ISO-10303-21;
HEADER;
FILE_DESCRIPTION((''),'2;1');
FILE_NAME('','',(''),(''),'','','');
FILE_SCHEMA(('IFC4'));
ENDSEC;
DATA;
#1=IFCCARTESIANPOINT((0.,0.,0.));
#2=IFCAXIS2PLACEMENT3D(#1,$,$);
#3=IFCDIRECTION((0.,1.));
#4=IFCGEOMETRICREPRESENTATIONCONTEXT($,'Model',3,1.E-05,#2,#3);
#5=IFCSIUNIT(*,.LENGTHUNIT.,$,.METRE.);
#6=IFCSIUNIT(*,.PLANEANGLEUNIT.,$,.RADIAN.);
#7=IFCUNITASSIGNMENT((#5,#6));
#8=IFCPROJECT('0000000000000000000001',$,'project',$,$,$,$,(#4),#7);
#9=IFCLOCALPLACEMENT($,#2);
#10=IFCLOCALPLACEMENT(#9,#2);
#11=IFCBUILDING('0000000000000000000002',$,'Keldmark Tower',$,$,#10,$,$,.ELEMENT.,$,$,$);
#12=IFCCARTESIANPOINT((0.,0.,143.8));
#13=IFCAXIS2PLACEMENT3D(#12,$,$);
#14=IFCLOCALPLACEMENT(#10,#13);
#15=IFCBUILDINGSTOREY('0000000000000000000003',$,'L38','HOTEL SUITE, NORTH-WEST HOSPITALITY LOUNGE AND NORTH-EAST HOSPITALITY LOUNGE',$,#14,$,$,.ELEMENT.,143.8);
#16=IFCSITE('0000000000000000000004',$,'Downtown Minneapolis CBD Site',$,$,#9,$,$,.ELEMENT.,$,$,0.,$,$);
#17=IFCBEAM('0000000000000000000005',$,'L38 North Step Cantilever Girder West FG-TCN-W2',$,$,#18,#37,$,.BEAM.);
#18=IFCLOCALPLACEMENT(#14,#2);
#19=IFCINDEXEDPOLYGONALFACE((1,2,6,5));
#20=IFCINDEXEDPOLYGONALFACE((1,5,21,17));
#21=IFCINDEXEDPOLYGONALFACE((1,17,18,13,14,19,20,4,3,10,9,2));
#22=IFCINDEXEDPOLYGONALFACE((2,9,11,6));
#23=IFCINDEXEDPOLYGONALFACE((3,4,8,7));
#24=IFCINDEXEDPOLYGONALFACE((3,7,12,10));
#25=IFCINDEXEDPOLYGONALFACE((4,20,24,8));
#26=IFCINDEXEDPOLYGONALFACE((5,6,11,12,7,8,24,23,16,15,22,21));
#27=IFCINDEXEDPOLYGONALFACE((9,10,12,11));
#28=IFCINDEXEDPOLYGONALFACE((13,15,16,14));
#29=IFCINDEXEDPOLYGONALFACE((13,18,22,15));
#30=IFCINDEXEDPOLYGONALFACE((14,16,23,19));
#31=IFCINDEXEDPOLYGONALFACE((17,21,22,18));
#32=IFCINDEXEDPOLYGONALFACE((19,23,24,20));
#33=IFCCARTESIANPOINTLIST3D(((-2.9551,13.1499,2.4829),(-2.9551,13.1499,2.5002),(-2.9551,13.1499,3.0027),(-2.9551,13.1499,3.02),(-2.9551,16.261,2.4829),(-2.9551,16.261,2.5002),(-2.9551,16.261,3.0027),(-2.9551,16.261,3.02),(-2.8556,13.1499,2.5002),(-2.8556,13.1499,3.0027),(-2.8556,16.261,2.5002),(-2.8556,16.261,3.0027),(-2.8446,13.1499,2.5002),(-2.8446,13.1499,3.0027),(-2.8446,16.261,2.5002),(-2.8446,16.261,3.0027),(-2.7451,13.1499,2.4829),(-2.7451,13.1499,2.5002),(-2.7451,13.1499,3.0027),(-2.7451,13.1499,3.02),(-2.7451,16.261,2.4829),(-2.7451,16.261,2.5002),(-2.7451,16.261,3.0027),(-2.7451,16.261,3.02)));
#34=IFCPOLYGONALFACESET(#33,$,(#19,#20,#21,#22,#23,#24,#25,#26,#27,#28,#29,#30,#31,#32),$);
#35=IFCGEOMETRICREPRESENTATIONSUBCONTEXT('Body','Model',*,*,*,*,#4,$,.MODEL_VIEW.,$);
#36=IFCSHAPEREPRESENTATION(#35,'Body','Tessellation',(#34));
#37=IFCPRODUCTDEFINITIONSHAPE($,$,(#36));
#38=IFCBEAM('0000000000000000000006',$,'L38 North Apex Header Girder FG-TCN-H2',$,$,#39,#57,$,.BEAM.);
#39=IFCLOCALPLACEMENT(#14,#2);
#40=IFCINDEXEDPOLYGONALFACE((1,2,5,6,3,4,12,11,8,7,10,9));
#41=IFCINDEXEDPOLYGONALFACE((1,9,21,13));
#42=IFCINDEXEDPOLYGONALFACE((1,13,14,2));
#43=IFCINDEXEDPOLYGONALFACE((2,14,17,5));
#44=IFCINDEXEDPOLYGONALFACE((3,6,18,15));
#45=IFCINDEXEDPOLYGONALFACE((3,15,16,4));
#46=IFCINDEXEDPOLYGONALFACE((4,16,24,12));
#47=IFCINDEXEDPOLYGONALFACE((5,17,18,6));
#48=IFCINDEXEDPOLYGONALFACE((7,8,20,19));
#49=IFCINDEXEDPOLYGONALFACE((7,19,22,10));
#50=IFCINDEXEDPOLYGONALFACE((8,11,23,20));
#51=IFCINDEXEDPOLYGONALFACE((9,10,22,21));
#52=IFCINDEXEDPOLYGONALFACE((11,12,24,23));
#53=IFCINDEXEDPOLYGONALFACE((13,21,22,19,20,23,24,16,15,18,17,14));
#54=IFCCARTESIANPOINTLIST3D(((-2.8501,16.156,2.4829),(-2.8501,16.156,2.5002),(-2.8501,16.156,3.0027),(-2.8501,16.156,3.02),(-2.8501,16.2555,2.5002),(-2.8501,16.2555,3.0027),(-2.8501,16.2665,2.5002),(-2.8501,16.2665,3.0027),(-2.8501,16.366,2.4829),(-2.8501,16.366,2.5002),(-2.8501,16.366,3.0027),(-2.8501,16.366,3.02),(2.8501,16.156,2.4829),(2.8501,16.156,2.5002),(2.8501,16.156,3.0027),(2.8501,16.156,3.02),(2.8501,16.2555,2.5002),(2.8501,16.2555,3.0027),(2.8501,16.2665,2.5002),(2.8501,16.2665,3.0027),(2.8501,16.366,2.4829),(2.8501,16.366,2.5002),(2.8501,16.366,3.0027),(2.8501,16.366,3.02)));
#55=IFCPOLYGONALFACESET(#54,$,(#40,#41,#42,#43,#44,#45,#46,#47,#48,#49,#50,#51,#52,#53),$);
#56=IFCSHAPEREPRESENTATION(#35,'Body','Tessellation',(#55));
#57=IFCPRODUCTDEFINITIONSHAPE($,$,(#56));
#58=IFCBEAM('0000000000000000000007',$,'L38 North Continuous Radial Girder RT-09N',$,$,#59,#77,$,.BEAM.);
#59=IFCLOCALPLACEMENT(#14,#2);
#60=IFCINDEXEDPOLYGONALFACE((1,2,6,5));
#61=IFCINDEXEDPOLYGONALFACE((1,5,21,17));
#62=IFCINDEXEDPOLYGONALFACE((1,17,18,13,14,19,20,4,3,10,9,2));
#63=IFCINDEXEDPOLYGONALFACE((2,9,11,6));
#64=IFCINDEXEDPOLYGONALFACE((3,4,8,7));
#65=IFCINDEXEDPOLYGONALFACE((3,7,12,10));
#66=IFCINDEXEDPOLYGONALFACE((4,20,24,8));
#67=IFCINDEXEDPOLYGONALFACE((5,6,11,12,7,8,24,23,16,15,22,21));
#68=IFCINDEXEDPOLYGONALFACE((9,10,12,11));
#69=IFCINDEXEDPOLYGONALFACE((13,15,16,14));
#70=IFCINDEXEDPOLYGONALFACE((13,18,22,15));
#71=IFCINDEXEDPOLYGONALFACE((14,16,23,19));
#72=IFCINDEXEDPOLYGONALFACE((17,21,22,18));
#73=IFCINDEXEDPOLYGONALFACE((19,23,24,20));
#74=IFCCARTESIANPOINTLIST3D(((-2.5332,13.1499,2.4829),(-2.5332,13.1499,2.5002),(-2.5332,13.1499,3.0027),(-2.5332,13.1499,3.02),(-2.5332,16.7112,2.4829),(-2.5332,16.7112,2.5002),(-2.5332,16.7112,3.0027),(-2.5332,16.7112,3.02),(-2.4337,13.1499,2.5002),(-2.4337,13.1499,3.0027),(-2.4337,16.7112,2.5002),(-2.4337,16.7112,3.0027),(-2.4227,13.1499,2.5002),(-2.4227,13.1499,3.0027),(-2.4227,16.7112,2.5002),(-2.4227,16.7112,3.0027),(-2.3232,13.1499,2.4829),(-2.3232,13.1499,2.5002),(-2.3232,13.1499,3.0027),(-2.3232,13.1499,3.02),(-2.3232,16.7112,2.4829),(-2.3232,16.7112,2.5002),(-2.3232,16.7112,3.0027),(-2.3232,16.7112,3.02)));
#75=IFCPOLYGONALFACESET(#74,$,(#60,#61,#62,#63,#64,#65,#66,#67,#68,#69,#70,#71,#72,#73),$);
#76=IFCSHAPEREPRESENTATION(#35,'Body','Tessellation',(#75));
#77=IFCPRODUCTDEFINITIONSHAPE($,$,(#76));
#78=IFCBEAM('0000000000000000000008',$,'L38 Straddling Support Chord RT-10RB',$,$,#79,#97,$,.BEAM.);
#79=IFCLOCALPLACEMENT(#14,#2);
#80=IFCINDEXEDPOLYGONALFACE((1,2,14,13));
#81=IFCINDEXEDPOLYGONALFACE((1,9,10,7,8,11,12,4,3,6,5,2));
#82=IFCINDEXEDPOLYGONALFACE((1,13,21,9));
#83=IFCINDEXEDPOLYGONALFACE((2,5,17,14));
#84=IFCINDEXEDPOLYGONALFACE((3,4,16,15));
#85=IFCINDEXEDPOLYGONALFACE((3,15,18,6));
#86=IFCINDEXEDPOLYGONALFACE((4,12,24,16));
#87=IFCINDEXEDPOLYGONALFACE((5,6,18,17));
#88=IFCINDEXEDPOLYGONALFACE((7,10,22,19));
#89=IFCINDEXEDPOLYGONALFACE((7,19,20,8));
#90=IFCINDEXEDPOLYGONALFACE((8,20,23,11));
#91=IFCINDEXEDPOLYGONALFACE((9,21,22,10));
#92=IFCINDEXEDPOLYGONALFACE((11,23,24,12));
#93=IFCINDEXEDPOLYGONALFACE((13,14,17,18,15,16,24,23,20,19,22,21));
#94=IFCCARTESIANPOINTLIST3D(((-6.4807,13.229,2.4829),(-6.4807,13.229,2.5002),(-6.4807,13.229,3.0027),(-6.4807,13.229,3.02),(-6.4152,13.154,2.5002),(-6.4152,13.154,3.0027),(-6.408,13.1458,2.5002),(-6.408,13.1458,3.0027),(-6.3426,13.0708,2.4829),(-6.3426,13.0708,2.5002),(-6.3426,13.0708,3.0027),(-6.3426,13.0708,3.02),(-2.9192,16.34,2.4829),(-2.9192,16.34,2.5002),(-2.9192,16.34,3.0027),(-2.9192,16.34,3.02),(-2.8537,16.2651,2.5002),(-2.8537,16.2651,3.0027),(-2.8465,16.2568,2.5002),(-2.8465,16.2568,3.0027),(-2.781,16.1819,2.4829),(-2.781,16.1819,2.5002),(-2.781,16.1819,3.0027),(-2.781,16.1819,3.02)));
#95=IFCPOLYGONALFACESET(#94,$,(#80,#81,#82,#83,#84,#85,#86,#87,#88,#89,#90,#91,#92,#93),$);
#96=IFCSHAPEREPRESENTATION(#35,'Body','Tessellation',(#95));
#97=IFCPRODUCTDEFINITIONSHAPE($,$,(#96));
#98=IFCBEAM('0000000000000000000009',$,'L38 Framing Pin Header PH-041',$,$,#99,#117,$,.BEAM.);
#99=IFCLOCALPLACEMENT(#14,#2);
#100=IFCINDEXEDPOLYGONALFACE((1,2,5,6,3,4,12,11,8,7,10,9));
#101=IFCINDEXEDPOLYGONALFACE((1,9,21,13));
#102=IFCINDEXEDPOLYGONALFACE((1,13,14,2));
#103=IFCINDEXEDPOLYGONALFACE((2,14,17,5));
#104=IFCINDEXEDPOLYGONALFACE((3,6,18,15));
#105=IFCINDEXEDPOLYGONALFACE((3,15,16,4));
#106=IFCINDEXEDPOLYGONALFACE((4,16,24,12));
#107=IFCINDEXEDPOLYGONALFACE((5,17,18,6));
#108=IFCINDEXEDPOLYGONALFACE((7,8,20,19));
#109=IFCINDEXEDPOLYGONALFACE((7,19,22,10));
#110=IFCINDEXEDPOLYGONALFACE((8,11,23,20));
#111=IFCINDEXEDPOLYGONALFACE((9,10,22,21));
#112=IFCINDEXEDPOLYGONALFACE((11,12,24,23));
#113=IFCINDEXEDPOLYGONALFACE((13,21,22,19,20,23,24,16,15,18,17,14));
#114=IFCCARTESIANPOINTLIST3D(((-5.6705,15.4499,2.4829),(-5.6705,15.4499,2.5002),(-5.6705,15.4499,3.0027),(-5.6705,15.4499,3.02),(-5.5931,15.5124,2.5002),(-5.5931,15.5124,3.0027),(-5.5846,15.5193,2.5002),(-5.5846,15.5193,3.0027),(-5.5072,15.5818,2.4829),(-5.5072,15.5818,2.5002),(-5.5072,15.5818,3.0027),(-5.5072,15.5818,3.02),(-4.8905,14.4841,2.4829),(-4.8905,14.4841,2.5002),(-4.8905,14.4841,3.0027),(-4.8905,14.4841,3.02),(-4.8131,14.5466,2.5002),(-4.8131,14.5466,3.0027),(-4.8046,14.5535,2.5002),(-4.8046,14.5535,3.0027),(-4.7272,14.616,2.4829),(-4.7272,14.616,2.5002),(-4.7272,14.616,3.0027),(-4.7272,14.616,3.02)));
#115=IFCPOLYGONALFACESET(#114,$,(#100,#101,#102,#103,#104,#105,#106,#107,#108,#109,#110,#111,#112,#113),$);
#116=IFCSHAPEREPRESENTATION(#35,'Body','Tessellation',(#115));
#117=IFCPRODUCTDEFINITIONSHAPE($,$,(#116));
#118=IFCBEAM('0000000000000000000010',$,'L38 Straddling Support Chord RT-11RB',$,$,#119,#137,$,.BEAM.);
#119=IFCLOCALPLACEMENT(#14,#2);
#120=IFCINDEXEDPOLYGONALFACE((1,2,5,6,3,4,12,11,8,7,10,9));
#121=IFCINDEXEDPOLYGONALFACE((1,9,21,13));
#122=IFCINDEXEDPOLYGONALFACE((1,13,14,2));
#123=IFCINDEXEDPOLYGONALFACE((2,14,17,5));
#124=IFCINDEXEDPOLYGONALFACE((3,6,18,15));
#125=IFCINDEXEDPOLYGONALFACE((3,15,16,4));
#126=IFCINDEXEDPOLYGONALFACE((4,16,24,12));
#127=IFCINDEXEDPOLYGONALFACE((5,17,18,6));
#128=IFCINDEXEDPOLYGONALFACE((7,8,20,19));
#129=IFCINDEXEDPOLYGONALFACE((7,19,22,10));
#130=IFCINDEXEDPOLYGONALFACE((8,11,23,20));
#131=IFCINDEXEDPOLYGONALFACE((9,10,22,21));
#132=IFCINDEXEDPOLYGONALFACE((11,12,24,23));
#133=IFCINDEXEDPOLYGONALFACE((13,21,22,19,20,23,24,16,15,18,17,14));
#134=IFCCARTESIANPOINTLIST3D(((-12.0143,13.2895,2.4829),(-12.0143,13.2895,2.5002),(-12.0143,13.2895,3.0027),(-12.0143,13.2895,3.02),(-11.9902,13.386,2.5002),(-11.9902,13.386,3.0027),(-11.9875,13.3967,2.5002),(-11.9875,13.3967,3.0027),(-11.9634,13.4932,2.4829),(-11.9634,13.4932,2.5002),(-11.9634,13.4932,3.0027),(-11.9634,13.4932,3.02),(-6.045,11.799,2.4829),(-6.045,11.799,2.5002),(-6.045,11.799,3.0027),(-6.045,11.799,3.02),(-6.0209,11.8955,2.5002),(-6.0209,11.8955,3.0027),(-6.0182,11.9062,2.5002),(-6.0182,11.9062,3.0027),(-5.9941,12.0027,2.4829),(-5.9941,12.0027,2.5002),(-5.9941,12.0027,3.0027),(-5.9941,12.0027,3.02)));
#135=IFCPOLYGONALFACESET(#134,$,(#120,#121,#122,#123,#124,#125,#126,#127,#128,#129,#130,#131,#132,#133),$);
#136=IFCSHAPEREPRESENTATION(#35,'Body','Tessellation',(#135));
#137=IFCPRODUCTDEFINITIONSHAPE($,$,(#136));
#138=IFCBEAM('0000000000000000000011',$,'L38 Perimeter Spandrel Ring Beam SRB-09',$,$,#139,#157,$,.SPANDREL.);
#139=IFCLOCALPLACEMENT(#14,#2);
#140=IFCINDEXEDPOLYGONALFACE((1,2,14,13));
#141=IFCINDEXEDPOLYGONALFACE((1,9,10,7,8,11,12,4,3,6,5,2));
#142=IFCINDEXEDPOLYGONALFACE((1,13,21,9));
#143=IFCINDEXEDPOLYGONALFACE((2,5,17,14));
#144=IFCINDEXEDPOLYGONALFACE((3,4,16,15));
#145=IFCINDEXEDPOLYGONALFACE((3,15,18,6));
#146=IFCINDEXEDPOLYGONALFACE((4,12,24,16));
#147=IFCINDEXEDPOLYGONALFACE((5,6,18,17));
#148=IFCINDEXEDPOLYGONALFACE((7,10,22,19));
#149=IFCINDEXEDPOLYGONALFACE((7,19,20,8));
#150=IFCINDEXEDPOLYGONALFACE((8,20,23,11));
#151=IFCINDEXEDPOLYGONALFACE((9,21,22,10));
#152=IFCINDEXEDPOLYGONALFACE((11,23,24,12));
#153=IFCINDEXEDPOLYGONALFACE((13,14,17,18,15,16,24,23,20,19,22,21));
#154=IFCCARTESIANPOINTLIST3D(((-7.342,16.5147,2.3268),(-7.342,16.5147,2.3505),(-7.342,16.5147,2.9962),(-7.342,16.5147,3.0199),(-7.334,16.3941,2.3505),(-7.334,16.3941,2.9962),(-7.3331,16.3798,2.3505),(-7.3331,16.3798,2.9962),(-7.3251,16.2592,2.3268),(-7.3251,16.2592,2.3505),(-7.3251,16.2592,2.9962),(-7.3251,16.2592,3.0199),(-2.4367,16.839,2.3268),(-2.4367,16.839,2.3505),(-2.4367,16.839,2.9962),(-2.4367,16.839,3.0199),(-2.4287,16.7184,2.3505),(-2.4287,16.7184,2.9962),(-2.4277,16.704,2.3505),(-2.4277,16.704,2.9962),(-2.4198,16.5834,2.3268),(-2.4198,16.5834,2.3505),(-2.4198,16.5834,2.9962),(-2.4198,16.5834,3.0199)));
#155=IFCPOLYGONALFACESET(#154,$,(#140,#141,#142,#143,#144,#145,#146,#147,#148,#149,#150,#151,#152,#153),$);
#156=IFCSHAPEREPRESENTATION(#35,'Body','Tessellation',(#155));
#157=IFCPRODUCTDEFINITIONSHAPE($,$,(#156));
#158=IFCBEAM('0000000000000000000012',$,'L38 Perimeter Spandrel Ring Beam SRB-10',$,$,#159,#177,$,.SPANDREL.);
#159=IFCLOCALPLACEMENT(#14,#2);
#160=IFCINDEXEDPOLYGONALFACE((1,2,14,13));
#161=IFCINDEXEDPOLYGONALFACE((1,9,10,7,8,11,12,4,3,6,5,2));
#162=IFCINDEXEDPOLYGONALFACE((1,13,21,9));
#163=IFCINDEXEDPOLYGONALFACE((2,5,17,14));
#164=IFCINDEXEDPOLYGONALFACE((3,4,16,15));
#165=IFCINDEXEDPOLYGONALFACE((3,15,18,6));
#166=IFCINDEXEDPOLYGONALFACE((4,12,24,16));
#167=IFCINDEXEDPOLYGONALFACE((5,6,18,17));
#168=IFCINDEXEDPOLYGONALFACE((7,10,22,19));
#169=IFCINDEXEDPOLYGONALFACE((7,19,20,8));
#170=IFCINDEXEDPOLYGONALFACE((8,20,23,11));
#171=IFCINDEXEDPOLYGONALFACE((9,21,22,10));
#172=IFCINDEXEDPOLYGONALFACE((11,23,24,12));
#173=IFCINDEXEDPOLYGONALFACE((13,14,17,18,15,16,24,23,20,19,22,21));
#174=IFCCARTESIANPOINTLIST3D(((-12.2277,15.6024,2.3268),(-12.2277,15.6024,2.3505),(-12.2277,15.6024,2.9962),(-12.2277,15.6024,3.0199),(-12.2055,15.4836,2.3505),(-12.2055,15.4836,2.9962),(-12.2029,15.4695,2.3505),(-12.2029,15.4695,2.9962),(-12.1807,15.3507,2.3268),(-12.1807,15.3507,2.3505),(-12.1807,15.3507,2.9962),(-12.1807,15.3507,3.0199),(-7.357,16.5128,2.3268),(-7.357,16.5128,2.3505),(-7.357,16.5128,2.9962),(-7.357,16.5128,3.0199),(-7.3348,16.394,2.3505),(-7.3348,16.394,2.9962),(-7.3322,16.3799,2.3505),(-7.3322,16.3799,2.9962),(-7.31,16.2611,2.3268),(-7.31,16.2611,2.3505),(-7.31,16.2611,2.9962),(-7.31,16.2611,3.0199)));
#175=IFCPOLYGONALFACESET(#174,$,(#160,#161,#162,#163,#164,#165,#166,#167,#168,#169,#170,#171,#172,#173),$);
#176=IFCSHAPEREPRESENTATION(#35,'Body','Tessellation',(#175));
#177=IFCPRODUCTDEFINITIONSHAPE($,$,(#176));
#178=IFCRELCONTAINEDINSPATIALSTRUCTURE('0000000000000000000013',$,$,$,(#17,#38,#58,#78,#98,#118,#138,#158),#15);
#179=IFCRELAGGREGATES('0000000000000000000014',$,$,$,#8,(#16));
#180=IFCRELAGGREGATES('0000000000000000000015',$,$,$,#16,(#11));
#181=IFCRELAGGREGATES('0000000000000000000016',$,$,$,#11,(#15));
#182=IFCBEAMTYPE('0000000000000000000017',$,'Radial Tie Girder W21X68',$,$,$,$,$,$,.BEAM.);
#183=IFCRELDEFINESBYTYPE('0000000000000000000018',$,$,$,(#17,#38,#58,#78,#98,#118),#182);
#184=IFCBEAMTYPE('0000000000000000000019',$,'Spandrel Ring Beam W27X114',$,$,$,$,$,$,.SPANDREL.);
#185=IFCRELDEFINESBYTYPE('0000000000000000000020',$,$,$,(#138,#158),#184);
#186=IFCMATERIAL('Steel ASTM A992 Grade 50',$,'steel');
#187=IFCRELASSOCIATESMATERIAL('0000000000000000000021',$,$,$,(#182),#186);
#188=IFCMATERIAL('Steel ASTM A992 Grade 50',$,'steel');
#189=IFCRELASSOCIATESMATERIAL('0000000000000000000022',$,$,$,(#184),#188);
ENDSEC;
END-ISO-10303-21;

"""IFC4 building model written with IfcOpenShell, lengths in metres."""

from ifc_helpers import new_model, si_unit, direction, frame, origin, origin_2d, place, context, subcontext, project, spatial, i_section, extrude, material, material_profile, profile_set, type_object, element, save


model = new_model("IFC4")

# Units and contexts
model_context = context("Model", 3, precision=1e-05, world=origin(), true_north=direction((0.0, 1.0)))
body_context = subcontext(model_context, "Body", "Model", "MODEL_VIEW")
ifc_project = project(units=[si_unit("LENGTHUNIT", "METRE"), si_unit("PLANEANGLEUNIT", "RADIAN")], contexts=[model_context])

# Site, building, storey
site_placement = place(None, origin())
site = spatial("IfcSite", under=ifc_project, at=site_placement, Name="Downtown Minneapolis CBD Site", CompositionType="ELEMENT", RefElevation=0.0)
building_placement = place(site_placement, origin())
building = spatial("IfcBuilding", under=site, at=building_placement, Name="Keldmark Tower", CompositionType="ELEMENT")
storey_placement = place(building_placement, frame((0.0, 0.0, 143.8)))
storey = spatial("IfcBuildingStorey", under=building, at=storey_placement, Name="L38", Description="HOTEL SUITE, NORTH-WEST HOSPITALITY LOUNGE AND NORTH-EAST HOSPITALITY LOUNGE", CompositionType="ELEMENT", Elevation=143.8)

# Beams
ifc_material_1 = material(Name="Steel ASTM A992 Grade 50", Category="steel")
ifc_material_profile_1 = material_profile(ifc_material_1, i_section(OverallWidth=0.21, OverallDepth=0.5371, WebThickness=0.011, FlangeThickness=0.0173, at=origin_2d()), Name="W21X68")
ifc_profile_set_1 = profile_set([ifc_material_profile_1], Name="Steel ASTM A992 Grade 50")
beam_type_1 = type_object("IfcBeamType", Name="Radial Tie Girder W21X68", PredefinedType="BEAM", material=ifc_profile_set_1)
beam_1_placement = place(storey_placement, frame((-2.8501, 13.1499, 2.7515), z_axis=(0.0, 1.0, 0.0), x_axis=(-1.0, 0.0, 0.0)))
element("IfcBeam", 1, at=beam_1_placement, inside=storey, type_object=beam_type_1, Name="L38 North Step Cantilever Girder West FG-TCN-W2", PredefinedType="BEAM", context=body_context, shape_type="SweptSolid", body=[
    extrude(i_section(OverallWidth=0.21, OverallDepth=0.5371, WebThickness=0.011, FlangeThickness=0.0173, at=origin_2d()), origin(), (0.0, 0.0, 1.0), 3.1111),
])
beam_2_placement = place(storey_placement, frame((-2.8501, 16.261, 2.7515), z_axis=(1.0, 0.0, 0.0), x_axis=(0.0, 1.0, 0.0)))
element("IfcBeam", 2, at=beam_2_placement, inside=storey, type_object=beam_type_1, Name="L38 North Apex Header Girder FG-TCN-H2", PredefinedType="BEAM", context=body_context, shape_type="SweptSolid", body=[
    extrude(i_section(OverallWidth=0.21, OverallDepth=0.5371, WebThickness=0.011, FlangeThickness=0.0173, at=origin_2d()), origin(), (0.0, 0.0, 1.0), 5.7002),
])
beam_3_placement = place(storey_placement, frame((-2.4282, 13.1499, 2.7515), z_axis=(0.0, 1.0, 0.0), x_axis=(-1.0, 0.0, 0.0)))
element("IfcBeam", 3, at=beam_3_placement, inside=storey, type_object=beam_type_1, Name="L38 North Continuous Radial Girder RT-09N", PredefinedType="BEAM", context=body_context, shape_type="SweptSolid", body=[
    extrude(i_section(OverallWidth=0.21, OverallDepth=0.5371, WebThickness=0.011, FlangeThickness=0.0173, at=origin_2d()), origin(), (0.0, 0.0, 1.0), 3.5613),
])
beam_4_placement = place(storey_placement, frame((-2.8501, 16.261, 2.7515), z_axis=(-0.753127, -0.657876, 0.0), x_axis=(0.657876, -0.753127, 0.0)))
element("IfcBeam", 4, at=beam_4_placement, inside=storey, type_object=beam_type_1, Name="L38 Straddling Support Chord RT-10RB", PredefinedType="BEAM", context=body_context, shape_type="SweptSolid", body=[
    extrude(i_section(OverallWidth=0.21, OverallDepth=0.5371, WebThickness=0.011, FlangeThickness=0.0173, at=origin_2d()), origin(), (0.0, 0.0, 1.0), 4.729),
])
beam_5_placement = place(storey_placement, frame((-4.8088, 14.55, 2.7515), z_axis=(-0.62831, 0.777963, 0.0), x_axis=(-0.777963, -0.62831, 0.0)))
element("IfcBeam", 5, at=beam_5_placement, inside=storey, type_object=beam_type_1, Name="L38 Framing Pin Header PH-041", PredefinedType="BEAM", context=body_context, shape_type="SweptSolid", body=[
    extrude(i_section(OverallWidth=0.21, OverallDepth=0.5371, WebThickness=0.011, FlangeThickness=0.0173, at=origin_2d()), origin(), (0.0, 0.0, 1.0), 1.2415),
])
beam_6_placement = place(storey_placement, frame((-6.0195, 11.9009, 2.7515), z_axis=(-0.970212, 0.242256, 0.0), x_axis=(-0.242256, -0.970212, 0.0)))
element("IfcBeam", 6, at=beam_6_placement, inside=storey, type_object=beam_type_1, Name="L38 Straddling Support Chord RT-11RB", PredefinedType="BEAM", context=body_context, shape_type="SweptSolid", body=[
    extrude(i_section(OverallWidth=0.21, OverallDepth=0.5371, WebThickness=0.011, FlangeThickness=0.0173, at=origin_2d()), origin(), (0.0, 0.0, 1.0), 6.1526),
])
ifc_material_2 = material(Name="Steel ASTM A992 Grade 50", Category="steel")
ifc_material_profile_2 = material_profile(ifc_material_2, i_section(OverallWidth=0.2561, OverallDepth=0.6931, WebThickness=0.0144, FlangeThickness=0.0237, at=origin_2d()), Name="W27X114")
ifc_profile_set_2 = profile_set([ifc_material_profile_2], Name="Steel ASTM A992 Grade 50")
beam_type_2 = type_object("IfcBeamType", Name="Spandrel Ring Beam W27X114", PredefinedType="SPANDREL", material=ifc_profile_set_2)
beam_7_placement = place(storey_placement, frame((-2.4282, 16.7112, 2.6733), z_axis=(-0.997823, -0.065952, 0.0), x_axis=(0.065952, -0.997823, 0.0)))
element("IfcBeam", 7, at=beam_7_placement, inside=storey, type_object=beam_type_2, Name="L38 Perimeter Spandrel Ring Beam SRB-09", PredefinedType="SPANDREL", context=body_context, shape_type="SweptSolid", body=[
    extrude(i_section(OverallWidth=0.2561, OverallDepth=0.6931, WebThickness=0.0144, FlangeThickness=0.0237, at=origin_2d()), origin(), (0.0, 0.0, 1.0), 4.916),
])
beam_8_placement = place(storey_placement, frame((-7.3335, 16.387, 2.6733), z_axis=(-0.982976, -0.183735, 0.0), x_axis=(0.183735, -0.982976, 0.0)))
element("IfcBeam", 8, at=beam_8_placement, inside=storey, type_object=beam_type_2, Name="L38 Perimeter Spandrel Ring Beam SRB-10", PredefinedType="SPANDREL", context=body_context, shape_type="SweptSolid", body=[
    extrude(i_section(OverallWidth=0.2561, OverallDepth=0.6931, WebThickness=0.0144, FlangeThickness=0.0237, at=origin_2d()), origin(), (0.0, 0.0, 1.0), 4.9551),
])

save(model, "model.ifc")
